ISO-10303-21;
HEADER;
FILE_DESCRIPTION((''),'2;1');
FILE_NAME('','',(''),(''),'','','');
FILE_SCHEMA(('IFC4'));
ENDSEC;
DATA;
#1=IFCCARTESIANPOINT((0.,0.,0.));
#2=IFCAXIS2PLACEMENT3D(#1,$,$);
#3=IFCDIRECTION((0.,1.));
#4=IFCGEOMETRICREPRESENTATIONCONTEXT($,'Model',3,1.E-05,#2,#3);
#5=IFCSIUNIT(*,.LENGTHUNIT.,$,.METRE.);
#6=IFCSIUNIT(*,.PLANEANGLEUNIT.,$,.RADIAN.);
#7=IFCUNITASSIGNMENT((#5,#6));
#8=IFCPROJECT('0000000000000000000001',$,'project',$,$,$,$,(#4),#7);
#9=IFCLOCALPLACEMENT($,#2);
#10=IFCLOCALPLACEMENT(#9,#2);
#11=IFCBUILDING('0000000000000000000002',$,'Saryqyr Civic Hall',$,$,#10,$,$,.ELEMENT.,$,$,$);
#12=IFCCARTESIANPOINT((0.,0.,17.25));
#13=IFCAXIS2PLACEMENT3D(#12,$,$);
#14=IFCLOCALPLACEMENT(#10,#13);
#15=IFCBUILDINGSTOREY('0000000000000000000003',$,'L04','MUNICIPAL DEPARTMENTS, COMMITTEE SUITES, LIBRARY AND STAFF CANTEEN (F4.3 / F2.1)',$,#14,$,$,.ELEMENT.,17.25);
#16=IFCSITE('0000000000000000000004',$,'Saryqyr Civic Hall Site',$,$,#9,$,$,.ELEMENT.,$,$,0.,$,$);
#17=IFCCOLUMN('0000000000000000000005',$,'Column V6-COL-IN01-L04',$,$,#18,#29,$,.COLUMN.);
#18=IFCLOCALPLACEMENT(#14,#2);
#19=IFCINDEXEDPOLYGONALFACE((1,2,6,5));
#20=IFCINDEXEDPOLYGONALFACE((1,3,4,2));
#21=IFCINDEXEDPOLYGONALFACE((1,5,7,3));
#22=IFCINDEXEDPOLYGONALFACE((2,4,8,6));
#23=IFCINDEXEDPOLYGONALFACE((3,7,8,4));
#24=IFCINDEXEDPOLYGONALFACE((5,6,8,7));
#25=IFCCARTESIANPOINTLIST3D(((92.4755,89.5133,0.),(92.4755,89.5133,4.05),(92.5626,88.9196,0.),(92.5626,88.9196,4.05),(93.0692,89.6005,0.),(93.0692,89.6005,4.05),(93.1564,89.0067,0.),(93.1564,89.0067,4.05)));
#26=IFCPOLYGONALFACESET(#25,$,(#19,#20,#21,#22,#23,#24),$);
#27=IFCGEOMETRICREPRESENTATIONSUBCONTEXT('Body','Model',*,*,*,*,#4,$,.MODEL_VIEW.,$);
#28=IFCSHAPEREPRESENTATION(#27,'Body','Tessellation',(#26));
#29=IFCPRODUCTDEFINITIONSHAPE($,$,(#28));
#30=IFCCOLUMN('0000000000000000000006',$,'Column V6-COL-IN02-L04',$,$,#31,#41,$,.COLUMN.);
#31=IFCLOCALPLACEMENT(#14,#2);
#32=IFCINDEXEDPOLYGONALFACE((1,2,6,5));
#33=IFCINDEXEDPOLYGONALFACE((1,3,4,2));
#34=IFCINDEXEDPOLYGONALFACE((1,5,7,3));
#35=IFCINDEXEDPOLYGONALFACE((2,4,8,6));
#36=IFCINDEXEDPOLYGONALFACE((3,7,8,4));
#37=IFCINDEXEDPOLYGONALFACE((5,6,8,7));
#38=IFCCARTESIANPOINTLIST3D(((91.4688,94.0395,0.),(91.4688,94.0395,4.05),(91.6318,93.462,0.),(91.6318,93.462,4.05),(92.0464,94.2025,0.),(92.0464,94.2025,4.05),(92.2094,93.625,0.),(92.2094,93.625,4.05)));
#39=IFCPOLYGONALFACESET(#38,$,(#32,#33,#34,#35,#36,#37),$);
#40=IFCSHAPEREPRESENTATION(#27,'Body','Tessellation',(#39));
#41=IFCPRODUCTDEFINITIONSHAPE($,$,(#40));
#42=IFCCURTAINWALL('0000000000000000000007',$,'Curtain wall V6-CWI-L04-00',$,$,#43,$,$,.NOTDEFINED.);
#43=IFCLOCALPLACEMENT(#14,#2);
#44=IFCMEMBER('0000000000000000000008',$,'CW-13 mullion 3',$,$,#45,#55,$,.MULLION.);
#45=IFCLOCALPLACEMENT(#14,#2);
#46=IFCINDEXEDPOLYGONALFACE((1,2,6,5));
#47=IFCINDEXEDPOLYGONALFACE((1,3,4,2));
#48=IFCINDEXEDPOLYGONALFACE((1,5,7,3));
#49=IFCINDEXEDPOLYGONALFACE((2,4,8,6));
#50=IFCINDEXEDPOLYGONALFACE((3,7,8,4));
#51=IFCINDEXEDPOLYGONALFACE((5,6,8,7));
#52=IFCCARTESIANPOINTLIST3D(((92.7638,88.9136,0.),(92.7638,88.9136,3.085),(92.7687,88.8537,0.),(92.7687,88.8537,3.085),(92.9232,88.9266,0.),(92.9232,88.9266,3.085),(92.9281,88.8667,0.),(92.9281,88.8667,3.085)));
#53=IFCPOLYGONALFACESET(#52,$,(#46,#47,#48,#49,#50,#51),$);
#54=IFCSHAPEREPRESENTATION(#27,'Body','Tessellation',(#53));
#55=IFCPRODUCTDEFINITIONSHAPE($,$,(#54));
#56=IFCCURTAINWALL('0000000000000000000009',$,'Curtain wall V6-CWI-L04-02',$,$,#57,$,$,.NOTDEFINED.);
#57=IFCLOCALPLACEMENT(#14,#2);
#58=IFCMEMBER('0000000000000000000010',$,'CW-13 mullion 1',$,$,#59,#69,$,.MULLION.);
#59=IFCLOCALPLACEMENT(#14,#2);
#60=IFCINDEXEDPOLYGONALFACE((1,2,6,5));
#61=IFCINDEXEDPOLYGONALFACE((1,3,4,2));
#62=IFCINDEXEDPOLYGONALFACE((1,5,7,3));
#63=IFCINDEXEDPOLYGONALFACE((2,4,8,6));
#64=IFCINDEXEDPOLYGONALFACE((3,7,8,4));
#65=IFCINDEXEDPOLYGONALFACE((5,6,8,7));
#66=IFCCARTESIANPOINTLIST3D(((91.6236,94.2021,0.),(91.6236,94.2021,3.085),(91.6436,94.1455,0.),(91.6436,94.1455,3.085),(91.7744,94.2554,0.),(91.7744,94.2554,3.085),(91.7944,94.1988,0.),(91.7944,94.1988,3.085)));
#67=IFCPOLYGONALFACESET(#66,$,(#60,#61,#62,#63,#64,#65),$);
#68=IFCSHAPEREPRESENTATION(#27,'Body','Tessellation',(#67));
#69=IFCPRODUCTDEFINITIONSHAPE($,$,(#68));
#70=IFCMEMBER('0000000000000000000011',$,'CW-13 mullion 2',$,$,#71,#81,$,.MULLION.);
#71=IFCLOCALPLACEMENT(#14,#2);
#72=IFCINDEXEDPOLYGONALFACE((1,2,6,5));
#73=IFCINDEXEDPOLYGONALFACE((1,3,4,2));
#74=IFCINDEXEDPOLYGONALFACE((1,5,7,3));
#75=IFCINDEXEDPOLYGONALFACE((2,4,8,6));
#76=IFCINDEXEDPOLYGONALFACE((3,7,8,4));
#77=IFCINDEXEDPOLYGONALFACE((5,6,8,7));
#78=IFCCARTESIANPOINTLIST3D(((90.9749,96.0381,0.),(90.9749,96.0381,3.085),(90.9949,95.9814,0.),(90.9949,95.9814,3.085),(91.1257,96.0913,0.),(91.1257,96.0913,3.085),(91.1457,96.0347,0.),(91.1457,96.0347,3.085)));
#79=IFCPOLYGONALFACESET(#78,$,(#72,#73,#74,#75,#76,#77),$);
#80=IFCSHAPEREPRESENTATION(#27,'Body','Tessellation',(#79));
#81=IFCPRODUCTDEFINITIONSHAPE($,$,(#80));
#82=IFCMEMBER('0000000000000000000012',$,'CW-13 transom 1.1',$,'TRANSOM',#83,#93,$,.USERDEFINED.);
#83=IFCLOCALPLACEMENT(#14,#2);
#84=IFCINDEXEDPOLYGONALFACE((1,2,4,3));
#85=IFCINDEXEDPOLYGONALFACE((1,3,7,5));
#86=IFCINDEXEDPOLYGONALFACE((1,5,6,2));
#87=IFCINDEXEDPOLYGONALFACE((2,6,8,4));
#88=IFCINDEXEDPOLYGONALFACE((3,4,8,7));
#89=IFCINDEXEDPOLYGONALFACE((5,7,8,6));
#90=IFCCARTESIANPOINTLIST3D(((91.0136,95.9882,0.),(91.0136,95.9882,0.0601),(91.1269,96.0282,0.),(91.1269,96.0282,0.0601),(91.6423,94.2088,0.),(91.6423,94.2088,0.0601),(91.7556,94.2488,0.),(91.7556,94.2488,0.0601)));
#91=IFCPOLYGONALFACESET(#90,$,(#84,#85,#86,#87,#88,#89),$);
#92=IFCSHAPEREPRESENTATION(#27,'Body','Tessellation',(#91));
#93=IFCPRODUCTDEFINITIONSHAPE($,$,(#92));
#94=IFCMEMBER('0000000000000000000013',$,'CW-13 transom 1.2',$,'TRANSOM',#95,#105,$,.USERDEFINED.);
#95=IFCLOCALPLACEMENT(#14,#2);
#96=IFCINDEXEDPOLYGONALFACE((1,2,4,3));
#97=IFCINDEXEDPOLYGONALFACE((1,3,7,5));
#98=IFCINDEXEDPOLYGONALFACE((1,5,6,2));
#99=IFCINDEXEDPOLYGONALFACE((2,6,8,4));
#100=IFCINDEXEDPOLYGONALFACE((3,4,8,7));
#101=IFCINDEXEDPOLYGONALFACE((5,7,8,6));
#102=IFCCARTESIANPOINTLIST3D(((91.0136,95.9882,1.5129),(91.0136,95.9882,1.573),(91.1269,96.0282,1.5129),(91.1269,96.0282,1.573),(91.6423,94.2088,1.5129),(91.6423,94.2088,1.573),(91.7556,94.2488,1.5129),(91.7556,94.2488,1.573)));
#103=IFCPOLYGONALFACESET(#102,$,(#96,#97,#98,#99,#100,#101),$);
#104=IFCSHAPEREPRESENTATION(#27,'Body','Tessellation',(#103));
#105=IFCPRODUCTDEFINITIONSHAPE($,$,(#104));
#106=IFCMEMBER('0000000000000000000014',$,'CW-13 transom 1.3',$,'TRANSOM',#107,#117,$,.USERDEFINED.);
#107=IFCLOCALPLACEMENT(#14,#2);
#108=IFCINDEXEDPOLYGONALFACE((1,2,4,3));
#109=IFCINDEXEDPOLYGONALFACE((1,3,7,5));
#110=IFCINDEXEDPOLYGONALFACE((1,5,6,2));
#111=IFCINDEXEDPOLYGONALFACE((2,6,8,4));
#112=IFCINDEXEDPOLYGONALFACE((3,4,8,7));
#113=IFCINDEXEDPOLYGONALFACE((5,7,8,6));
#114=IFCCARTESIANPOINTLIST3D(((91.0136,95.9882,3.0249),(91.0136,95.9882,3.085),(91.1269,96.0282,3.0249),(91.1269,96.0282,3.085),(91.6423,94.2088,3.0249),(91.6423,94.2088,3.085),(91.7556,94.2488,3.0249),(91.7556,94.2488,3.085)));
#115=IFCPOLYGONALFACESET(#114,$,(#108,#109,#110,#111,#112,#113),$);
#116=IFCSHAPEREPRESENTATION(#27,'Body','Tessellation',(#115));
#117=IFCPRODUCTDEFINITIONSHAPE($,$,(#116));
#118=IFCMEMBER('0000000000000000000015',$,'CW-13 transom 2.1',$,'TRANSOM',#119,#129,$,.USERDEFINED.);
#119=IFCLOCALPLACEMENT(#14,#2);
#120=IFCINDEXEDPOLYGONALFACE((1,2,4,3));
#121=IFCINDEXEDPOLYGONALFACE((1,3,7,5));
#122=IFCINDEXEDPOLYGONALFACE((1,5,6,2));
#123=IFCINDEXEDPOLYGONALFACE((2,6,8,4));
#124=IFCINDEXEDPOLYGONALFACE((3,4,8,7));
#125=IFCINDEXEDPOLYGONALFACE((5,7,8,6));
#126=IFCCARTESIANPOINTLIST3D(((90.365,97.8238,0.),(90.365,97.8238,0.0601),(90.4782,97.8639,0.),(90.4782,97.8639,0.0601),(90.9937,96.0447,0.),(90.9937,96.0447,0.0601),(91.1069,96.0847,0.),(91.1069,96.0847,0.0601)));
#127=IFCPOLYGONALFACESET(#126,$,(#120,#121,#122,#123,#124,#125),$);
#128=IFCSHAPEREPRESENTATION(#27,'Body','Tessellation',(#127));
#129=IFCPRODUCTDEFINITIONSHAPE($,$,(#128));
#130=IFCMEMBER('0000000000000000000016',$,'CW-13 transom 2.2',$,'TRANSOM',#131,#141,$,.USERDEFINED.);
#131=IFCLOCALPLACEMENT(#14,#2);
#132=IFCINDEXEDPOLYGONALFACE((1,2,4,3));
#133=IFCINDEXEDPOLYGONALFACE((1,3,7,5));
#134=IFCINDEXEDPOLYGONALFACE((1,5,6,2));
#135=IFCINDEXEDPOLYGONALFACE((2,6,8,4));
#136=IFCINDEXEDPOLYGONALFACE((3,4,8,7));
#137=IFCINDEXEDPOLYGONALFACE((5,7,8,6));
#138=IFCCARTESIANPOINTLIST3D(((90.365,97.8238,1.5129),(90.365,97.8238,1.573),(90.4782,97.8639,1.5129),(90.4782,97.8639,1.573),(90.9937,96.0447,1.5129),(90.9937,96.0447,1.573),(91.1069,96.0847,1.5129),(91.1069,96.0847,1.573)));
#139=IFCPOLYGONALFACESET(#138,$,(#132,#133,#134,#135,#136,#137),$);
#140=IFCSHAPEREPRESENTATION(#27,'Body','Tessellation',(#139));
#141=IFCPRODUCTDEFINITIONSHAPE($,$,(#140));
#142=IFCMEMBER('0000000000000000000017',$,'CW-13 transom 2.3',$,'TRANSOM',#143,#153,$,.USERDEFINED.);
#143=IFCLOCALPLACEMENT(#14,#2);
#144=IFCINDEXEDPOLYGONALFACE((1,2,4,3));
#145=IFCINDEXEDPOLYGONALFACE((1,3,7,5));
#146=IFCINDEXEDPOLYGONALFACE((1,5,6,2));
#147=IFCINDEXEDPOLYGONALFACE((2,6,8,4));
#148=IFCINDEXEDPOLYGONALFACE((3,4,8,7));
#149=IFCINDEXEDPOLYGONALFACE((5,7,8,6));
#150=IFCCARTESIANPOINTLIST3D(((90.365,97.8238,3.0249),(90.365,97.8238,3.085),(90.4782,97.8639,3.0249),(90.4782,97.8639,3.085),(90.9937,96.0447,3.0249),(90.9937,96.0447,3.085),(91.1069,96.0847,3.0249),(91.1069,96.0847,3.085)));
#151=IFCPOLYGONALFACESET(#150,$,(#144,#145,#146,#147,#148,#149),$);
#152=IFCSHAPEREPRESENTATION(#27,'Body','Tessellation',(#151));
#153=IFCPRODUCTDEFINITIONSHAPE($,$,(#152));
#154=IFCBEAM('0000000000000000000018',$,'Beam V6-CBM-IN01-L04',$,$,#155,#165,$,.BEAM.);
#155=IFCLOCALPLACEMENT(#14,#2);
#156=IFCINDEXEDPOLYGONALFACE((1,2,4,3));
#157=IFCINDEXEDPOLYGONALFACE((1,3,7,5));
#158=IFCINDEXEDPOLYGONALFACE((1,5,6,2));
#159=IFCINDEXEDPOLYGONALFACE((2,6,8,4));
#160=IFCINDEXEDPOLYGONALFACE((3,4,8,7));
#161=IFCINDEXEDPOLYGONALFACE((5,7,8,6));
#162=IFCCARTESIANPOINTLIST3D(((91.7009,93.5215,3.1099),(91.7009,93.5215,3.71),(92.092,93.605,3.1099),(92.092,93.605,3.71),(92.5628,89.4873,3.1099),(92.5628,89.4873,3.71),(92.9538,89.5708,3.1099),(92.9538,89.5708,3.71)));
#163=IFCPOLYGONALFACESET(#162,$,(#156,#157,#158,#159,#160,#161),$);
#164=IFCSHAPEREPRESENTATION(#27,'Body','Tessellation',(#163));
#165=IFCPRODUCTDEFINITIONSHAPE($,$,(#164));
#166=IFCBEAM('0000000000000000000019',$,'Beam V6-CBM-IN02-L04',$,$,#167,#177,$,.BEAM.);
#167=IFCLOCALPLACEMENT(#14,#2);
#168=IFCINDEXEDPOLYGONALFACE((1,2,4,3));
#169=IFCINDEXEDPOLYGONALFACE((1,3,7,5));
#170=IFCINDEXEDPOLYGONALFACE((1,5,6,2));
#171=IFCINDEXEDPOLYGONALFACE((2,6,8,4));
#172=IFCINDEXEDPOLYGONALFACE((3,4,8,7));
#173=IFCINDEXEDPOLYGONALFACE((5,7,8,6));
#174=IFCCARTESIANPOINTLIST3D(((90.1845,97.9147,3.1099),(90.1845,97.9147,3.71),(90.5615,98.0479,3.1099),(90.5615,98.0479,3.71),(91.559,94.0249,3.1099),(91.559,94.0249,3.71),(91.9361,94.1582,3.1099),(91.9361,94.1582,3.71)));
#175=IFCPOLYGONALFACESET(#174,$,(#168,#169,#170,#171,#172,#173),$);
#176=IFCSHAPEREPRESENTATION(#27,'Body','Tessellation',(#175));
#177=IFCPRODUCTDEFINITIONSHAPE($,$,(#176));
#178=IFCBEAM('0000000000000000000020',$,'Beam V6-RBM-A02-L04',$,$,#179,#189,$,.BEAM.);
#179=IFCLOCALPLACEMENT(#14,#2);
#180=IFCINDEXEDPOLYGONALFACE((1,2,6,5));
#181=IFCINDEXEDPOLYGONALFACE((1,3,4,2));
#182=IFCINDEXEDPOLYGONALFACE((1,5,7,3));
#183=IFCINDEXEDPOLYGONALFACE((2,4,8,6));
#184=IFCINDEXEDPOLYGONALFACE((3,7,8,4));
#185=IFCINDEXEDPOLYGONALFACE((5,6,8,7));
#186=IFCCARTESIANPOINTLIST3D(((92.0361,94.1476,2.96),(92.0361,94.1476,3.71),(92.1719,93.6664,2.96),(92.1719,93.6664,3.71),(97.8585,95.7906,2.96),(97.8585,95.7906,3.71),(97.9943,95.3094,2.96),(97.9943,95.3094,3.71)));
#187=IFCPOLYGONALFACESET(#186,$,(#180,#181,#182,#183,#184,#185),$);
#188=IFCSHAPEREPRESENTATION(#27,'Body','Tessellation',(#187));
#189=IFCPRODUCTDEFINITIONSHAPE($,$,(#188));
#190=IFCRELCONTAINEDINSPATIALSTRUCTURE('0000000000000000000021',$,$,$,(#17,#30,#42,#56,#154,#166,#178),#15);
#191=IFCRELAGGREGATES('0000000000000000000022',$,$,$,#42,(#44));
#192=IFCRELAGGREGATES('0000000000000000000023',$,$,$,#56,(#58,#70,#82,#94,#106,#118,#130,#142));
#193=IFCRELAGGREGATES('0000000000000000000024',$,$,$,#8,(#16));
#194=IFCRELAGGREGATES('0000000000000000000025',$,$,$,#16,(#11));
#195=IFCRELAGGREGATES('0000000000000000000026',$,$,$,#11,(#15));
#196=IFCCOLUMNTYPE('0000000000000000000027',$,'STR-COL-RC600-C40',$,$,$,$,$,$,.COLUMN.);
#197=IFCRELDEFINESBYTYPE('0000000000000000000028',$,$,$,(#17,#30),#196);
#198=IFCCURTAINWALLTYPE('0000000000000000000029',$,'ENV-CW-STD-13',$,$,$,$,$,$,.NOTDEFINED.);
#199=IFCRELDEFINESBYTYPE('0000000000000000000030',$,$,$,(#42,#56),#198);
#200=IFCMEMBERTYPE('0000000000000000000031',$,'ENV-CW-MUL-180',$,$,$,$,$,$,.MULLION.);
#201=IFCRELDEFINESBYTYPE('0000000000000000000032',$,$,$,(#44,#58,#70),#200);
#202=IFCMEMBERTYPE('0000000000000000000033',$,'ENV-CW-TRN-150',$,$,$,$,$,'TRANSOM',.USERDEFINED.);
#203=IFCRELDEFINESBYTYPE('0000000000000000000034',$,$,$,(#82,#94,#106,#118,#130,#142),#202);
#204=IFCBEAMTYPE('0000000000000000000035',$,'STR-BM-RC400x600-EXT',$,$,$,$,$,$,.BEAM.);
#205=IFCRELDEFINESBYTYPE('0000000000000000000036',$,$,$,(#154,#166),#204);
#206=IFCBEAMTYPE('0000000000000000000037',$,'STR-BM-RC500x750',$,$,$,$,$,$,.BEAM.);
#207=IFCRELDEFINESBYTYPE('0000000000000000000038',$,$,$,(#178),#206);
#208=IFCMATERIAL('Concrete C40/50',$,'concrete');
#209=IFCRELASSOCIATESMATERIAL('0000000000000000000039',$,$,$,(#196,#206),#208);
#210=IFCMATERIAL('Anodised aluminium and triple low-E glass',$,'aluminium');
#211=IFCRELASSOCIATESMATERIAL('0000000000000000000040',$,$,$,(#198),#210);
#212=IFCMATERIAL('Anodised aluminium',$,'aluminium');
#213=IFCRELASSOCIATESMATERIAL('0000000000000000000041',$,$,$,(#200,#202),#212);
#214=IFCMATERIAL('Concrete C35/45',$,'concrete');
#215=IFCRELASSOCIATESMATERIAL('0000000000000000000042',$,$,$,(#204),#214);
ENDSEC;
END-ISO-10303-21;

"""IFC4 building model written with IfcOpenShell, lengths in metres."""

from ifc_helpers import new_model, si_unit, direction, frame, origin, origin_2d, place, context, subcontext, project, spatial, rectangle, extrude, material, material_profile, profile_set, type_object, element, aggregate, save


model = new_model("IFC4")

# Units and contexts
model_context = context("Model", 3, precision=1e-05, world=origin(), true_north=direction((0.0, 1.0)))
body_context = subcontext(model_context, "Body", "Model", "MODEL_VIEW")
ifc_project = project(units=[si_unit("LENGTHUNIT", "METRE"), si_unit("PLANEANGLEUNIT", "RADIAN")], contexts=[model_context])

# Site, building, storey
site_placement = place(None, origin())
site = spatial("IfcSite", under=ifc_project, at=site_placement, Name="Saryqyr Civic Hall Site", CompositionType="ELEMENT", RefElevation=0.0)
building_placement = place(site_placement, origin())
building = spatial("IfcBuilding", under=site, at=building_placement, Name="Saryqyr Civic Hall", CompositionType="ELEMENT")
storey_placement = place(building_placement, frame((0.0, 0.0, 17.25)))
storey = spatial("IfcBuildingStorey", under=building, at=storey_placement, Name="L04", Description="MUNICIPAL DEPARTMENTS, COMMITTEE SUITES, LIBRARY AND STAFF CANTEEN (F4.3 / F2.1)", CompositionType="ELEMENT", Elevation=17.25)

# Columns
ifc_material_1 = material(Name="Concrete C40/50", Category="concrete")
ifc_material_profile_1 = material_profile(ifc_material_1, rectangle(XDim=0.6001, YDim=0.6001, at=origin_2d()), Name="RC 600x600")
ifc_profile_set_1 = profile_set([ifc_material_profile_1], Name="Concrete C40/50")
column_type = type_object("IfcColumnType", Name="STR-COL-RC600-C40", PredefinedType="COLUMN", material=ifc_profile_set_1)
for number, where, z_axis, x_axis, name in (
    (1, (92.8159, 89.26, 0.0), (0.0, 0.0, 1.0), (0.989399, 0.14522, 0.0), "Column V6-COL-IN01-L04"),
    (2, (91.8391, 93.8323, 0.0), (0.0, 0.0, 1.0), (0.962408, 0.271608, 0.0), "Column V6-COL-IN02-L04"),
):
    element("IfcColumn", number, at=place(storey_placement, frame(where, z_axis=z_axis, x_axis=x_axis)), inside=storey, type_object=column_type, Name=name, PredefinedType="COLUMN", context=body_context, shape_type="SweptSolid", body=[
        extrude(rectangle(XDim=0.6001, YDim=0.6001, at=origin_2d()), origin(), (0.0, 0.0, 1.0), 4.05),
    ])

# Curtain wall, member
ifc_material_2 = material(Name="Anodised aluminium and triple low-E glass", Category="aluminium")
curtain_wall_type = type_object("IfcCurtainWallType", Name="ENV-CW-STD-13", PredefinedType="NOTDEFINED", material=ifc_material_2)
curtain_wall_1_placement = place(storey_placement, origin())
curtain_wall_1 = element("IfcCurtainWall", 3, at=curtain_wall_1_placement, inside=storey, type_object=curtain_wall_type, Name="Curtain wall V6-CWI-L04-00", PredefinedType="NOTDEFINED")
ifc_material_3 = material(Name="Anodised aluminium", Category="aluminium")
ifc_material_profile_2 = material_profile(ifc_material_3, rectangle(XDim=0.0601, YDim=0.1599, at=origin_2d()), Name="ALU MULLION 60x160")
ifc_profile_set_2 = profile_set([ifc_material_profile_2], Name="Anodised aluminium")
member_type_1 = type_object("IfcMemberType", Name="ENV-CW-MUL-180", PredefinedType="MULLION", material=ifc_profile_set_2)
member_1_placement = place(storey_placement, frame((92.8459, 88.8901, 0.0), z_axis=(0.0, 0.0, 1.0), x_axis=(-0.081091, 0.996707, 0.0)))
member_1 = element("IfcMember", 4, at=member_1_placement, type_object=member_type_1, Name="CW-13 mullion 3", PredefinedType="MULLION", context=body_context, shape_type="SweptSolid", body=[
    extrude(rectangle(XDim=0.0601, YDim=0.1599, at=origin_2d()), origin(), (0.0, 0.0, 1.0), 3.085),
])

# Curtain wall, members
curtain_wall_2_placement = place(storey_placement, origin())
curtain_wall_2 = element("IfcCurtainWall", 5, at=curtain_wall_2_placement, inside=storey, type_object=curtain_wall_type, Name="Curtain wall V6-CWI-L04-02", PredefinedType="NOTDEFINED")
member_2_placement = place(storey_placement, frame((91.709, 94.2004, 0.0), z_axis=(0.0, 0.0, 1.0), x_axis=(-0.333172, 0.942866, 0.0)))
member_2 = element("IfcMember", 6, at=member_2_placement, type_object=member_type_1, Name="CW-13 mullion 1", PredefinedType="MULLION", context=body_context, shape_type="SweptSolid", body=[
    extrude(rectangle(XDim=0.0601, YDim=0.1599, at=origin_2d()), origin(), (0.0, 0.0, 1.0), 3.085),
])
member_3_placement = place(storey_placement, frame((91.0603, 96.0364, 0.0), z_axis=(0.0, 0.0, 1.0), x_axis=(-0.333172, 0.942866, 0.0)))
member_3 = element("IfcMember", 7, at=member_3_placement, type_object=member_type_1, Name="CW-13 mullion 2", PredefinedType="MULLION", context=body_context, shape_type="SweptSolid", body=[
    extrude(rectangle(XDim=0.0601, YDim=0.1599, at=origin_2d()), origin(), (0.0, 0.0, 1.0), 3.085),
])
ifc_material_profile_3 = material_profile(ifc_material_3, rectangle(XDim=0.1201, YDim=0.0601, at=origin_2d()), Name="ALU TRANSOM 120x60")
ifc_profile_set_3 = profile_set([ifc_material_profile_3], Name="Anodised aluminium")
member_type_2 = type_object("IfcMemberType", Name="ENV-CW-TRN-150", ElementType="TRANSOM", PredefinedType="USERDEFINED", material=ifc_profile_set_3)
member_4_placement = place(storey_placement, frame((91.699, 94.2288, 0.03), z_axis=(-0.333138, 0.942878, 0.0), x_axis=(-0.942878, -0.333138, 0.0)))
member_4 = element("IfcMember", 8, at=member_4_placement, type_object=member_type_2, Name="CW-13 transom 1.1", ObjectType="TRANSOM", PredefinedType="USERDEFINED", context=body_context, shape_type="SweptSolid", body=[
    extrude(rectangle(XDim=0.1201, YDim=0.0601, at=origin_2d()), origin(), (0.0, 0.0, 1.0), 1.8872),
])
member_5_placement = place(storey_placement, frame((91.699, 94.2288, 1.543), z_axis=(-0.333138, 0.942878, 0.0), x_axis=(-0.942878, -0.333138, 0.0)))
member_5 = element("IfcMember", 9, at=member_5_placement, type_object=member_type_2, Name="CW-13 transom 1.2", ObjectType="TRANSOM", PredefinedType="USERDEFINED", context=body_context, shape_type="SweptSolid", body=[
    extrude(rectangle(XDim=0.1201, YDim=0.0601, at=origin_2d()), origin(), (0.0, 0.0, 1.0), 1.8872),
])
member_6_placement = place(storey_placement, frame((91.699, 94.2288, 3.0549), z_axis=(-0.333138, 0.942878, 0.0), x_axis=(-0.942878, -0.333138, 0.0)))
member_6 = element("IfcMember", 10, at=member_6_placement, type_object=member_type_2, Name="CW-13 transom 1.3", ObjectType="TRANSOM", PredefinedType="USERDEFINED", context=body_context, shape_type="SweptSolid", body=[
    extrude(rectangle(XDim=0.1201, YDim=0.0601, at=origin_2d()), origin(), (0.0, 0.0, 1.0), 1.8872),
])
member_7_placement = place(storey_placement, frame((91.0503, 96.0647, 0.03), z_axis=(-0.333179, 0.942864, 0.0), x_axis=(-0.942864, -0.333179, 0.0)))
member_7 = element("IfcMember", 11, at=member_7_placement, type_object=member_type_2, Name="CW-13 transom 2.1", ObjectType="TRANSOM", PredefinedType="USERDEFINED", context=body_context, shape_type="SweptSolid", body=[
    extrude(rectangle(XDim=0.1201, YDim=0.0601, at=origin_2d()), origin(), (0.0, 0.0, 1.0), 1.887),
])
member_8_placement = place(storey_placement, frame((91.0503, 96.0647, 1.543), z_axis=(-0.333179, 0.942864, 0.0), x_axis=(-0.942864, -0.333179, 0.0)))
member_8 = element("IfcMember", 12, at=member_8_placement, type_object=member_type_2, Name="CW-13 transom 2.2", ObjectType="TRANSOM", PredefinedType="USERDEFINED", context=body_context, shape_type="SweptSolid", body=[
    extrude(rectangle(XDim=0.1201, YDim=0.0601, at=origin_2d()), origin(), (0.0, 0.0, 1.0), 1.887),
])
member_9_placement = place(storey_placement, frame((91.0503, 96.0647, 3.0549), z_axis=(-0.333179, 0.942864, 0.0), x_axis=(-0.942864, -0.333179, 0.0)))
member_9 = element("IfcMember", 13, at=member_9_placement, type_object=member_type_2, Name="CW-13 transom 2.3", ObjectType="TRANSOM", PredefinedType="USERDEFINED", context=body_context, shape_type="SweptSolid", body=[
    extrude(rectangle(XDim=0.1201, YDim=0.0601, at=origin_2d()), origin(), (0.0, 0.0, 1.0), 1.887),
])

# Beams
ifc_material_4 = material(Name="Concrete C35/45", Category="concrete")
ifc_material_profile_4 = material_profile(ifc_material_4, rectangle(XDim=0.3999, YDim=0.6001, at=origin_2d()), Name="RC 400x600")
ifc_profile_set_4 = profile_set([ifc_material_profile_4], Name="Concrete C35/45")
beam_type_1 = type_object("IfcBeamType", Name="STR-BM-RC400x600-EXT", PredefinedType="BEAM", material=ifc_profile_set_4)
beam_1_placement = place(storey_placement, frame((92.7583, 89.5291, 3.4099), z_axis=(-0.208915, 0.977934, 0.0), x_axis=(-0.977934, -0.208915, 0.0)))
element("IfcBeam", 14, at=beam_1_placement, inside=storey, type_object=beam_type_1, Name="Beam V6-CBM-IN01-L04", PredefinedType="BEAM", context=body_context, shape_type="SweptSolid", body=[
    extrude(rectangle(XDim=0.3999, YDim=0.6001, at=origin_2d()), origin(), (0.0, 0.0, 1.0), 4.1252),
])
beam_2_placement = place(storey_placement, frame((91.7476, 94.0916, 3.4099), z_axis=(-0.333185, 0.942861, 0.0), x_axis=(-0.942861, -0.333185, 0.0)))
element("IfcBeam", 15, at=beam_2_placement, inside=storey, type_object=beam_type_1, Name="Beam V6-CBM-IN02-L04", PredefinedType="BEAM", context=body_context, shape_type="SweptSolid", body=[
    extrude(rectangle(XDim=0.3999, YDim=0.6001, at=origin_2d()), origin(), (0.0, 0.0, 1.0), 4.1255),
])
ifc_material_profile_5 = material_profile(ifc_material_1, rectangle(XDim=0.5, YDim=0.75, at=origin_2d()), Name="RC 500x750")
ifc_profile_set_5 = profile_set([ifc_material_profile_5], Name="Concrete C40/50")
beam_type_2 = type_object("IfcBeamType", Name="STR-BM-RC500x750", PredefinedType="BEAM", material=ifc_profile_set_5)
beam_3_placement = place(storey_placement, frame((92.104, 93.907, 3.335), z_axis=(0.962414, 0.271586, 0.0), x_axis=(-0.271586, 0.962414, 0.0)))
element("IfcBeam", 16, at=beam_3_placement, inside=storey, type_object=beam_type_2, Name="Beam V6-RBM-A02-L04", PredefinedType="BEAM", context=body_context, shape_type="SweptSolid", body=[
    extrude(rectangle(XDim=0.5, YDim=0.75, at=origin_2d()), origin(), (0.0, 0.0, 1.0), 6.0498),
])

aggregate(curtain_wall_1, [member_1])
aggregate(curtain_wall_2, [member_2, member_3, member_4, member_5, member_6, member_7, member_8, member_9])

save(model, "model.ifc")
